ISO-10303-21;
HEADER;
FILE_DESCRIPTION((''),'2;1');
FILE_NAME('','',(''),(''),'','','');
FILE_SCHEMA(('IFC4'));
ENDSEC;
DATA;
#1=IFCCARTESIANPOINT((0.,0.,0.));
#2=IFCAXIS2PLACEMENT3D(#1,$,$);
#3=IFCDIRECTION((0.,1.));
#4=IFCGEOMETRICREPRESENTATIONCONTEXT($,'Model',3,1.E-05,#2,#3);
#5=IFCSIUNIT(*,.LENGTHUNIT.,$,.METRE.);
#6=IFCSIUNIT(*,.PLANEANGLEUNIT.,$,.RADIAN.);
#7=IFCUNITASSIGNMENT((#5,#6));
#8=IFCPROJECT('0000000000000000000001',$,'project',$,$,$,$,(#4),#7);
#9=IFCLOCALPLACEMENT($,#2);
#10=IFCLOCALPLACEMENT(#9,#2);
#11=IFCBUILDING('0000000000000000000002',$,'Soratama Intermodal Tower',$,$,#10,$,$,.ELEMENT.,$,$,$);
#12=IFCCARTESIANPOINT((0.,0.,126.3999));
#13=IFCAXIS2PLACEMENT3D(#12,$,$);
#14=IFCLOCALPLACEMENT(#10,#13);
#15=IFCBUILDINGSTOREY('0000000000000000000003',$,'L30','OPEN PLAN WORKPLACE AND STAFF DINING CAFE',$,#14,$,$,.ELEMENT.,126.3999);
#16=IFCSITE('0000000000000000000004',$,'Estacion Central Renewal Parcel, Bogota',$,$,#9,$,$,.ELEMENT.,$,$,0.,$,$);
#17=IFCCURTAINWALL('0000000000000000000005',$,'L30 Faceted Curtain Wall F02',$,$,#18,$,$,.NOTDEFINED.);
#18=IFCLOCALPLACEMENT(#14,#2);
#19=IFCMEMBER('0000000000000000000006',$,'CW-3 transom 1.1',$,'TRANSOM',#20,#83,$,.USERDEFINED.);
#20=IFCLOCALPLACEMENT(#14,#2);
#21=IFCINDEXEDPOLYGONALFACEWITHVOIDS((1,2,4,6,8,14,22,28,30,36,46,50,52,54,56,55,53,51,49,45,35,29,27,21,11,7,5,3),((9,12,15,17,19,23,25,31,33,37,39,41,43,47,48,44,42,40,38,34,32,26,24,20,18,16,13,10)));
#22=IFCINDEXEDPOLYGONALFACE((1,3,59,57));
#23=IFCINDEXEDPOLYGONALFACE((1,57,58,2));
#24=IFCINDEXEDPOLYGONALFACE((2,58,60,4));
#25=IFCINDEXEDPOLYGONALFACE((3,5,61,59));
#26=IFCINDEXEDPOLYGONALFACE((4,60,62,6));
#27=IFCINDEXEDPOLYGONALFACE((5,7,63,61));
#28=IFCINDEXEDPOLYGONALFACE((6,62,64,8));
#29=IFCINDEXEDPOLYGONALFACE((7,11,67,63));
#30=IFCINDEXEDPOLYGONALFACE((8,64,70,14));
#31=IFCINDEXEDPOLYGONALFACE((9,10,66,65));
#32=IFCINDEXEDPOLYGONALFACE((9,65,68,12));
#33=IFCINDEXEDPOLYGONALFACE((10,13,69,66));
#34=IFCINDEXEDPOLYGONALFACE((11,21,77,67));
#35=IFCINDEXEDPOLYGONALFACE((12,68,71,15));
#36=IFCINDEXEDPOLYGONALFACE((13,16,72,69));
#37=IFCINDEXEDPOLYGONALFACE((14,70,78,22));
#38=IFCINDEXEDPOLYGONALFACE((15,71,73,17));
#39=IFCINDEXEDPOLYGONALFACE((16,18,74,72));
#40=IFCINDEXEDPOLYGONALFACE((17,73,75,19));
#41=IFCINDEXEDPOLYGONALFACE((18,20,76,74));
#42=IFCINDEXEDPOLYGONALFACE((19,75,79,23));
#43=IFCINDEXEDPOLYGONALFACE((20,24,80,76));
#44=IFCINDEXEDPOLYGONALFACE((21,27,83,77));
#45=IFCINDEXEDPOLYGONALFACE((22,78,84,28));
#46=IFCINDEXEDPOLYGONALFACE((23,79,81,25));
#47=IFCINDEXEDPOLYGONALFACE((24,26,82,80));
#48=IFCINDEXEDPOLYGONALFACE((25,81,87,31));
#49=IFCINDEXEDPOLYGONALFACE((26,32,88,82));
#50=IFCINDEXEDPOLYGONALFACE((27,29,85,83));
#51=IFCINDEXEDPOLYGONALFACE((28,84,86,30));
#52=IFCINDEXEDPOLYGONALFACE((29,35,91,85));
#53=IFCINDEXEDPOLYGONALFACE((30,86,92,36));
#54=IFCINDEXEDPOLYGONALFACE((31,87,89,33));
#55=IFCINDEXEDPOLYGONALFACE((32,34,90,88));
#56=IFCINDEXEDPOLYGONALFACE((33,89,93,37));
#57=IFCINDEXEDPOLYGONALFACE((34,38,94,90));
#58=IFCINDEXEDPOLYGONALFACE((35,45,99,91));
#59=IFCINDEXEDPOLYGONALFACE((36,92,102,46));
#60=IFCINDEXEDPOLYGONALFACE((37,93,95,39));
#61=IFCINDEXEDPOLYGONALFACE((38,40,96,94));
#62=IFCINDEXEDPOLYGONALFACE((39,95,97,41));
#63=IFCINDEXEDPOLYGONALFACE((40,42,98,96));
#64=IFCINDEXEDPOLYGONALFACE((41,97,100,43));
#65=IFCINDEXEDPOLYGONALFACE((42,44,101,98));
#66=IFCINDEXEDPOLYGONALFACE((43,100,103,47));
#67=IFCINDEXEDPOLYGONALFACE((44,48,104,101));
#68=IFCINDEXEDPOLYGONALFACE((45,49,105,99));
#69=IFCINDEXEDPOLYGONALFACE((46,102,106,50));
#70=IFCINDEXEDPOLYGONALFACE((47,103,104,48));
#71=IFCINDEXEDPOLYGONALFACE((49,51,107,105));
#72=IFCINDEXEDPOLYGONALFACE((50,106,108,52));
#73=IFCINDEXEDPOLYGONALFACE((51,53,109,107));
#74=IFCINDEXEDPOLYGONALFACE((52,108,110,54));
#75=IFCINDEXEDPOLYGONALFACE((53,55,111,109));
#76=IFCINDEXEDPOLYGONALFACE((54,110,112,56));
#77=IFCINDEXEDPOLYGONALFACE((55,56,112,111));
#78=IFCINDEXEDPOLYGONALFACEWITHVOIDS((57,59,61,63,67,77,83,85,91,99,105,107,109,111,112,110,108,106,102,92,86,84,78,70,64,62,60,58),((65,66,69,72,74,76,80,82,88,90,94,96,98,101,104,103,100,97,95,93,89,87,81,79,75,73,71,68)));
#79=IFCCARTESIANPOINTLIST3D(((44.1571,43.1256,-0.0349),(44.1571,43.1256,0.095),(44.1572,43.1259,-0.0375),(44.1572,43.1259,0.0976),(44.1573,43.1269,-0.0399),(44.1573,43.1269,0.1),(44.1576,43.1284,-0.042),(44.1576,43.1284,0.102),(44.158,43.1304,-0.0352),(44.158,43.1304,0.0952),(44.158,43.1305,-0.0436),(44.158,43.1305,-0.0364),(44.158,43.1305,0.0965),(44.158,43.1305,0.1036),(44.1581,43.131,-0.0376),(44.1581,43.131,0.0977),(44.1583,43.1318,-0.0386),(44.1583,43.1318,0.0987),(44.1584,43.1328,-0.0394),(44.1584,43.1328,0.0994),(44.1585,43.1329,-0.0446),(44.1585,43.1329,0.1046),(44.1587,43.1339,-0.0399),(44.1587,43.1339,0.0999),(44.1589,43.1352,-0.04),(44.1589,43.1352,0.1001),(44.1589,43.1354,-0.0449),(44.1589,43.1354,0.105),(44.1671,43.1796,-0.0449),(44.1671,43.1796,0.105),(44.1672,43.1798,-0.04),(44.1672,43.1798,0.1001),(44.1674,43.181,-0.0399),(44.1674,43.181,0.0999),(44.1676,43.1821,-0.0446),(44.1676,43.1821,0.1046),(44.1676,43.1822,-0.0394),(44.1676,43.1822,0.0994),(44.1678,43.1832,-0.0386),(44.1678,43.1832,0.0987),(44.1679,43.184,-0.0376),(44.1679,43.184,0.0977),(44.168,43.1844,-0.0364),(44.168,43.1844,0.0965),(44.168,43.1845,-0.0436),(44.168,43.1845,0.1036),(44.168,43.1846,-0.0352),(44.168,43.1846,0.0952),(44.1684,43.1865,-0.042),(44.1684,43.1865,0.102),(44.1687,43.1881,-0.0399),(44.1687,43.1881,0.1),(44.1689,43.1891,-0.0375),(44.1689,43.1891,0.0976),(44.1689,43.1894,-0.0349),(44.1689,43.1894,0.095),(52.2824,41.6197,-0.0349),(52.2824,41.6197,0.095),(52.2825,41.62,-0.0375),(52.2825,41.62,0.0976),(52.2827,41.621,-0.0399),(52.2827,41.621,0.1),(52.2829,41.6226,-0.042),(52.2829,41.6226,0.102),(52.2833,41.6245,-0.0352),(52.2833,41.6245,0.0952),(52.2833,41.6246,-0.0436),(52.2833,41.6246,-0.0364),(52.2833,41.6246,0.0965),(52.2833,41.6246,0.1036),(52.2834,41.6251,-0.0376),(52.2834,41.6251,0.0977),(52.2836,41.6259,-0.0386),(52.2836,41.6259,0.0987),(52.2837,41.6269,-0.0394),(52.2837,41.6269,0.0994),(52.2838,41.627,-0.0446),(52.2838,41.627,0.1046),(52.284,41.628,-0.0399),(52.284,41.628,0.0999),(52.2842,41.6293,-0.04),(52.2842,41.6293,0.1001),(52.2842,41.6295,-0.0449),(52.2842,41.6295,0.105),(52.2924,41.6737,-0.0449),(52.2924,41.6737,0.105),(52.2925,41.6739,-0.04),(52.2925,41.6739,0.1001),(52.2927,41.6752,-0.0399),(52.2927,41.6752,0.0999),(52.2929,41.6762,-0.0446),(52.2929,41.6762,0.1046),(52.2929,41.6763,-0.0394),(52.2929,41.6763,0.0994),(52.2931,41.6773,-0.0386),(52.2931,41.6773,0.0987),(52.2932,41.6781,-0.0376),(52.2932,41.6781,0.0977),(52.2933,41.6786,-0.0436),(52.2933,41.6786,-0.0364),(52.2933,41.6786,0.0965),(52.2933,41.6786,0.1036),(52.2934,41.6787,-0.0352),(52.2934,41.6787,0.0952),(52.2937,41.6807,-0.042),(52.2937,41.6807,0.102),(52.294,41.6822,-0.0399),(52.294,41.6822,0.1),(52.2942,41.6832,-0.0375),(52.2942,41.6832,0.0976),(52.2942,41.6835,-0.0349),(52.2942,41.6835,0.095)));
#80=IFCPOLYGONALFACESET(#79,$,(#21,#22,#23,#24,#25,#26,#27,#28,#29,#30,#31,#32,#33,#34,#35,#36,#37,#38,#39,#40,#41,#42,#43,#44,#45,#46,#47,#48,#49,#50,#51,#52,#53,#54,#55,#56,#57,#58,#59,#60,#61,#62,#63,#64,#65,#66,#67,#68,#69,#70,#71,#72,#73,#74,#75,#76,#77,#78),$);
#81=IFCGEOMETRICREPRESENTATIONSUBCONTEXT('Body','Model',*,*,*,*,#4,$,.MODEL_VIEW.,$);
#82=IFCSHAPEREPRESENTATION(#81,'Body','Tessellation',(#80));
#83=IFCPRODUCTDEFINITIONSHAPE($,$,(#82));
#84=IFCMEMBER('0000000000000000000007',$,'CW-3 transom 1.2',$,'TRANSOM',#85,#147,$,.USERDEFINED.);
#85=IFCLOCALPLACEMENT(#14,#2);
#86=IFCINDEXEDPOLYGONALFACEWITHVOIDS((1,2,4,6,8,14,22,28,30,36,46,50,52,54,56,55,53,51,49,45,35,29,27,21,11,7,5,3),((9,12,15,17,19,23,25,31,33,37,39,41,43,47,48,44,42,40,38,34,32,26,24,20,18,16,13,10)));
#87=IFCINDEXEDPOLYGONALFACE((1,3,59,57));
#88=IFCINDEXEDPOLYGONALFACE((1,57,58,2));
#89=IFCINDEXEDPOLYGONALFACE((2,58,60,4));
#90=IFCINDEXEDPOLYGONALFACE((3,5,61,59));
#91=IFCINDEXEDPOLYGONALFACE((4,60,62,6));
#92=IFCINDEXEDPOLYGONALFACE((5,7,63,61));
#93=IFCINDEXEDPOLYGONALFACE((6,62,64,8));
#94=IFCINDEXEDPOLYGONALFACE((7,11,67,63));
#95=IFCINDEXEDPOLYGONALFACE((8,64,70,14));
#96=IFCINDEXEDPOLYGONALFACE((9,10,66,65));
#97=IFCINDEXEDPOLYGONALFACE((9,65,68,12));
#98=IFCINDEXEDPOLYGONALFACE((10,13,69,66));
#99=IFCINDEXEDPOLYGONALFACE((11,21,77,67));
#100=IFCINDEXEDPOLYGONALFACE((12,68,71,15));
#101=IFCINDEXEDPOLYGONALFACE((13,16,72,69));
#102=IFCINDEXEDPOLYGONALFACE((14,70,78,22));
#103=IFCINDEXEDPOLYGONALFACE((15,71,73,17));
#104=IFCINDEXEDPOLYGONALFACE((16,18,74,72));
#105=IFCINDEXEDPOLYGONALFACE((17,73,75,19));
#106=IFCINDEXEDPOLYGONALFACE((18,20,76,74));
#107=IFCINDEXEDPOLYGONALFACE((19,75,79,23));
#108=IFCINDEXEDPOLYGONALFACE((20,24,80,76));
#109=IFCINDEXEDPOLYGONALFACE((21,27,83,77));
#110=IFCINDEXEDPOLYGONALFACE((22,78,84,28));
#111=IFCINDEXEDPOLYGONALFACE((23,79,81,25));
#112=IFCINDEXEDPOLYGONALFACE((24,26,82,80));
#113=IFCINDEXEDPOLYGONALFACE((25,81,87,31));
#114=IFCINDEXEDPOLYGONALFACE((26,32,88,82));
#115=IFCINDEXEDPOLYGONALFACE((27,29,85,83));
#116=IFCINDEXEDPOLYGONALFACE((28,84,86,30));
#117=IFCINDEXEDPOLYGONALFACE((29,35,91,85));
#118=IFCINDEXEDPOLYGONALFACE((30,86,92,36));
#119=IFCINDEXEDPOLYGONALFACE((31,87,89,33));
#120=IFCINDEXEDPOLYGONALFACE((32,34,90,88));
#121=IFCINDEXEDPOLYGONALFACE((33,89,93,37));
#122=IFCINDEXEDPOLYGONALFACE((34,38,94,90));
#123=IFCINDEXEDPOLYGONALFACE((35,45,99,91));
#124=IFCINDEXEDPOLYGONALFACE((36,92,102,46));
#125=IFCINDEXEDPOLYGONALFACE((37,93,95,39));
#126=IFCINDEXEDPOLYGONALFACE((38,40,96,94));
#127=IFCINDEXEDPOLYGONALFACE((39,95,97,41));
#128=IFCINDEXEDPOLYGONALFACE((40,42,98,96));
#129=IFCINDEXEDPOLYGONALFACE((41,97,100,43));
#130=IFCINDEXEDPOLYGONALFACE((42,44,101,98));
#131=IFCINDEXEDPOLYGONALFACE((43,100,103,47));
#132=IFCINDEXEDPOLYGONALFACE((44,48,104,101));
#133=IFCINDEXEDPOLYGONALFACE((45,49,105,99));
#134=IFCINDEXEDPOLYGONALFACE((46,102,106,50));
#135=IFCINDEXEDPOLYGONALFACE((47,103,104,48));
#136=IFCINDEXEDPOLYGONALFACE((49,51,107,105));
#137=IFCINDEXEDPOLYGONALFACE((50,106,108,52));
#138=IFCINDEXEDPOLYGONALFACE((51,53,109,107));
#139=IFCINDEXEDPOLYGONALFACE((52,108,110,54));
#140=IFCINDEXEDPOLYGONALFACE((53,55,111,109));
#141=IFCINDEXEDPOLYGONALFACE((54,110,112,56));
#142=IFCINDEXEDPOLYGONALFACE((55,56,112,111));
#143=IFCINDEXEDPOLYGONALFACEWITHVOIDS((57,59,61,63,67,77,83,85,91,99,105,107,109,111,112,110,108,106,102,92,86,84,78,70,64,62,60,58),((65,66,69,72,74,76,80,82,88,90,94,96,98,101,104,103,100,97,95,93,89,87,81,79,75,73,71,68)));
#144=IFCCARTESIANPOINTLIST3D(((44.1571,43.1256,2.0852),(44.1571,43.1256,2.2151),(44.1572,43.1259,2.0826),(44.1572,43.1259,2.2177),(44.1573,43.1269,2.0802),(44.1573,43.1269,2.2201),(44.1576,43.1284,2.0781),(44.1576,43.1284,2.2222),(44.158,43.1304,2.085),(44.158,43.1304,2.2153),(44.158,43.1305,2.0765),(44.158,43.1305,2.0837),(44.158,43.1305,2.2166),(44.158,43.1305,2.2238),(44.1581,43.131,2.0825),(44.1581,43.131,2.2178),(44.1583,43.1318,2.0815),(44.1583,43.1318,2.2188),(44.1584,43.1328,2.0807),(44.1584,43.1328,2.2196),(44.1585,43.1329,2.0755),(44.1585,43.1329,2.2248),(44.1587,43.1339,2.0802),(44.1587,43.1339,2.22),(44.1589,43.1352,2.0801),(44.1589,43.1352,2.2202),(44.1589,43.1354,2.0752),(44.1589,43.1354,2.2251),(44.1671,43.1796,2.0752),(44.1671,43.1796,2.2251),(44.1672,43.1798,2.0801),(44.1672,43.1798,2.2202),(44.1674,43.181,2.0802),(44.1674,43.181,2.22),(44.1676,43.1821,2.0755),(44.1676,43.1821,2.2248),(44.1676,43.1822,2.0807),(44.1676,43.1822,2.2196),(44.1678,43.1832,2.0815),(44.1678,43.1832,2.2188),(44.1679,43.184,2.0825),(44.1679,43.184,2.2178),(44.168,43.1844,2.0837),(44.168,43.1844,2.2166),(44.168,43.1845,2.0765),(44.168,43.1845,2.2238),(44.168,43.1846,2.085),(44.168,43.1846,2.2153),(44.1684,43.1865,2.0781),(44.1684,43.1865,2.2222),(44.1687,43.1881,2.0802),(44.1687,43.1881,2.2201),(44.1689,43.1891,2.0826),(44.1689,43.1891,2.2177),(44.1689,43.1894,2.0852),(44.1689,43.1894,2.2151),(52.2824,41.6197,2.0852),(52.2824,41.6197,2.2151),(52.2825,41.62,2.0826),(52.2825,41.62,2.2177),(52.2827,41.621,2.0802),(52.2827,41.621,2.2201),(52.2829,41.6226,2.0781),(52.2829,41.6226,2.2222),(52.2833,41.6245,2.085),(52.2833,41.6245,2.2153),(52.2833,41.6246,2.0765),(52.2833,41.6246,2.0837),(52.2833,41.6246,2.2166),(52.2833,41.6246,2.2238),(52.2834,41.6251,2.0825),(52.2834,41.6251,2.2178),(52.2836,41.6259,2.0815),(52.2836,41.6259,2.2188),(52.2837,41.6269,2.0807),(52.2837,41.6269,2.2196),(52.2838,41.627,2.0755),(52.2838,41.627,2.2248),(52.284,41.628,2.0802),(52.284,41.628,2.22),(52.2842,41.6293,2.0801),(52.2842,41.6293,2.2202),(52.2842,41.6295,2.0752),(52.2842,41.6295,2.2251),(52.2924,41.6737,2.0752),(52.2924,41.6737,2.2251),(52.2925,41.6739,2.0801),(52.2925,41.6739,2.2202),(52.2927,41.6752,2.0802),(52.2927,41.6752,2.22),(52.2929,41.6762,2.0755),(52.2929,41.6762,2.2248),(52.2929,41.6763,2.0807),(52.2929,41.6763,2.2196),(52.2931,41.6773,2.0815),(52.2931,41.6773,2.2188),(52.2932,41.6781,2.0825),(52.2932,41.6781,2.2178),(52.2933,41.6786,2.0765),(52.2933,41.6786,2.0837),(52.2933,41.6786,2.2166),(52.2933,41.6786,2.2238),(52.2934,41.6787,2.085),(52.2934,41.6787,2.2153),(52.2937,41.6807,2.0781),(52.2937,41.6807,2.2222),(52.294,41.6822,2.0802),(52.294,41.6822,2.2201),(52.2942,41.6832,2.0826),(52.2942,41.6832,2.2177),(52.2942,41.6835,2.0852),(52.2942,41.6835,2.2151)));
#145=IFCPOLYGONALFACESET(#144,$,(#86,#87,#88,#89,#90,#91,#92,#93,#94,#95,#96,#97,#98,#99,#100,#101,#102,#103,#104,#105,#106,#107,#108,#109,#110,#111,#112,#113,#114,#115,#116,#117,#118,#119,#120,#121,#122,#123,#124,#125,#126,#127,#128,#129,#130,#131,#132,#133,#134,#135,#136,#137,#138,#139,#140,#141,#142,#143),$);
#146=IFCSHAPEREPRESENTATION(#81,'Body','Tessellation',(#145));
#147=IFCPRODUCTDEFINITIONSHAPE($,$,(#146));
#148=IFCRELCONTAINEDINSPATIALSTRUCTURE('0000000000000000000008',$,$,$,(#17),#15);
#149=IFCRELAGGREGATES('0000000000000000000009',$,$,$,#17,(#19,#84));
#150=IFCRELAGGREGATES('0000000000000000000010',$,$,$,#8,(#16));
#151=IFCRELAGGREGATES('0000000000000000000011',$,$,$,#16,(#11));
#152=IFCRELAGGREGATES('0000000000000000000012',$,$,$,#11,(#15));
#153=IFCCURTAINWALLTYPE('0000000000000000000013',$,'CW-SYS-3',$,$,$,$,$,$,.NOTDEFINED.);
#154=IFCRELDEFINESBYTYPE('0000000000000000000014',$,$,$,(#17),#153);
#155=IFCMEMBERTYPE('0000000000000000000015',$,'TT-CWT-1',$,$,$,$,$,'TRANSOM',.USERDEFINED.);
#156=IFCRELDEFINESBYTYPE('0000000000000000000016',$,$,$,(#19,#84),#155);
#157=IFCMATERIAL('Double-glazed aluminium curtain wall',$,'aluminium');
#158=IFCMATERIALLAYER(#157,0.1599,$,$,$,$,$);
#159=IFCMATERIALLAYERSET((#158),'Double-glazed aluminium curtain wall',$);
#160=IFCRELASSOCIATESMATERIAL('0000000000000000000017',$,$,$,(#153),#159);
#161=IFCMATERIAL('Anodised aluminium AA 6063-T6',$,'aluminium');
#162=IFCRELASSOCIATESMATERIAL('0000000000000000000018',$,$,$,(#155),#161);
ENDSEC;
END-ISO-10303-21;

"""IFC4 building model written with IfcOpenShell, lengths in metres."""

from ifc_helpers import new_model, si_unit, direction, frame, origin, origin_2d, place, context, subcontext, project, spatial, hollow_rectangle, extrude, material, layer, layer_set, material_profile, profile_set, type_object, element, aggregate, save


model = new_model("IFC4")

# Units and contexts
model_context = context("Model", 3, precision=1e-05, world=origin(), true_north=direction((0.0, 1.0)))
body_context = subcontext(model_context, "Body", "Model", "MODEL_VIEW")
ifc_project = project(units=[si_unit("LENGTHUNIT", "METRE"), si_unit("PLANEANGLEUNIT", "RADIAN")], contexts=[model_context])

# Site, building, storey
site_placement = place(None, origin())
site = spatial("IfcSite", under=ifc_project, at=site_placement, Name="Estacion Central Renewal Parcel, Bogota", CompositionType="ELEMENT", RefElevation=0.0)
building_placement = place(site_placement, origin())
building = spatial("IfcBuilding", under=site, at=building_placement, Name="Soratama Intermodal Tower", CompositionType="ELEMENT")
storey_placement = place(building_placement, frame((0.0, 0.0, 126.3999)))
storey = spatial("IfcBuildingStorey", under=building, at=storey_placement, Name="L30", Description="OPEN PLAN WORKPLACE AND STAFF DINING CAFE", CompositionType="ELEMENT", Elevation=126.3999)

# Shared definitions
ifc_material_1 = material(Name="Double-glazed aluminium curtain wall", Category="aluminium")
ifc_layer_1 = layer(ifc_material_1, 0.1599)
ifc_layer_set_1 = layer_set([ifc_layer_1], Name="Double-glazed aluminium curtain wall")
curtain_wall_type = type_object("IfcCurtainWallType", Name="CW-SYS-3", PredefinedType="NOTDEFINED", material=ifc_layer_set_1)

# Curtain wall
curtain_wall_1_placement = place(storey_placement, origin())
curtain_wall_1 = element("IfcCurtainWall", 1, at=curtain_wall_1_placement, inside=storey, type_object=curtain_wall_type, Name="L30 Faceted Curtain Wall F02", PredefinedType="NOTDEFINED")

# Members
ifc_material_2 = material(Name="Anodised aluminium AA 6063-T6", Category="aluminium")
ifc_material_profile_1 = material_profile(ifc_material_2, hollow_rectangle(XDim=0.0649, YDim=0.1499, WallThickness=0.0049, InnerFilletRadius=0.0049, OuterFilletRadius=0.01, at=origin_2d()), Name="CWT150X65X5")
ifc_profile_set_1 = profile_set([ifc_material_profile_1], Name="Anodised aluminium AA 6063-T6")
member_type_1 = type_object("IfcMemberType", Name="TT-CWT-1", ElementType="TRANSOM", PredefinedType="USERDEFINED", material=ifc_profile_set_1)
member_1_placement = place(storey_placement, frame((52.2883, 41.6516, 0.03), z_axis=(-0.983256, 0.182228, 0.0), x_axis=(-0.182228, -0.983256, 0.0)))
member_1 = element("IfcMember", 2, at=member_1_placement, type_object=member_type_1, Name="CW-3 transom 1.1", ObjectType="TRANSOM", PredefinedType="USERDEFINED", context=body_context, shape_type="SweptSolid", body=[
    extrude(hollow_rectangle(XDim=0.0649, YDim=0.1499, WallThickness=0.0049, InnerFilletRadius=0.0049, OuterFilletRadius=0.01, at=origin_2d()), origin(), (0.0, 0.0, 1.0), 8.2637),
])
member_2_placement = place(storey_placement, frame((52.2883, 41.6516, 2.1501), z_axis=(-0.983256, 0.182228, 0.0), x_axis=(-0.182228, -0.983256, 0.0)))
member_2 = element("IfcMember", 3, at=member_2_placement, type_object=member_type_1, Name="CW-3 transom 1.2", ObjectType="TRANSOM", PredefinedType="USERDEFINED", context=body_context, shape_type="SweptSolid", body=[
    extrude(hollow_rectangle(XDim=0.0649, YDim=0.1499, WallThickness=0.0049, InnerFilletRadius=0.0049, OuterFilletRadius=0.01, at=origin_2d()), origin(), (0.0, 0.0, 1.0), 8.2637),
])

aggregate(curtain_wall_1, [member_1, member_2])

save(model, "model.ifc")
